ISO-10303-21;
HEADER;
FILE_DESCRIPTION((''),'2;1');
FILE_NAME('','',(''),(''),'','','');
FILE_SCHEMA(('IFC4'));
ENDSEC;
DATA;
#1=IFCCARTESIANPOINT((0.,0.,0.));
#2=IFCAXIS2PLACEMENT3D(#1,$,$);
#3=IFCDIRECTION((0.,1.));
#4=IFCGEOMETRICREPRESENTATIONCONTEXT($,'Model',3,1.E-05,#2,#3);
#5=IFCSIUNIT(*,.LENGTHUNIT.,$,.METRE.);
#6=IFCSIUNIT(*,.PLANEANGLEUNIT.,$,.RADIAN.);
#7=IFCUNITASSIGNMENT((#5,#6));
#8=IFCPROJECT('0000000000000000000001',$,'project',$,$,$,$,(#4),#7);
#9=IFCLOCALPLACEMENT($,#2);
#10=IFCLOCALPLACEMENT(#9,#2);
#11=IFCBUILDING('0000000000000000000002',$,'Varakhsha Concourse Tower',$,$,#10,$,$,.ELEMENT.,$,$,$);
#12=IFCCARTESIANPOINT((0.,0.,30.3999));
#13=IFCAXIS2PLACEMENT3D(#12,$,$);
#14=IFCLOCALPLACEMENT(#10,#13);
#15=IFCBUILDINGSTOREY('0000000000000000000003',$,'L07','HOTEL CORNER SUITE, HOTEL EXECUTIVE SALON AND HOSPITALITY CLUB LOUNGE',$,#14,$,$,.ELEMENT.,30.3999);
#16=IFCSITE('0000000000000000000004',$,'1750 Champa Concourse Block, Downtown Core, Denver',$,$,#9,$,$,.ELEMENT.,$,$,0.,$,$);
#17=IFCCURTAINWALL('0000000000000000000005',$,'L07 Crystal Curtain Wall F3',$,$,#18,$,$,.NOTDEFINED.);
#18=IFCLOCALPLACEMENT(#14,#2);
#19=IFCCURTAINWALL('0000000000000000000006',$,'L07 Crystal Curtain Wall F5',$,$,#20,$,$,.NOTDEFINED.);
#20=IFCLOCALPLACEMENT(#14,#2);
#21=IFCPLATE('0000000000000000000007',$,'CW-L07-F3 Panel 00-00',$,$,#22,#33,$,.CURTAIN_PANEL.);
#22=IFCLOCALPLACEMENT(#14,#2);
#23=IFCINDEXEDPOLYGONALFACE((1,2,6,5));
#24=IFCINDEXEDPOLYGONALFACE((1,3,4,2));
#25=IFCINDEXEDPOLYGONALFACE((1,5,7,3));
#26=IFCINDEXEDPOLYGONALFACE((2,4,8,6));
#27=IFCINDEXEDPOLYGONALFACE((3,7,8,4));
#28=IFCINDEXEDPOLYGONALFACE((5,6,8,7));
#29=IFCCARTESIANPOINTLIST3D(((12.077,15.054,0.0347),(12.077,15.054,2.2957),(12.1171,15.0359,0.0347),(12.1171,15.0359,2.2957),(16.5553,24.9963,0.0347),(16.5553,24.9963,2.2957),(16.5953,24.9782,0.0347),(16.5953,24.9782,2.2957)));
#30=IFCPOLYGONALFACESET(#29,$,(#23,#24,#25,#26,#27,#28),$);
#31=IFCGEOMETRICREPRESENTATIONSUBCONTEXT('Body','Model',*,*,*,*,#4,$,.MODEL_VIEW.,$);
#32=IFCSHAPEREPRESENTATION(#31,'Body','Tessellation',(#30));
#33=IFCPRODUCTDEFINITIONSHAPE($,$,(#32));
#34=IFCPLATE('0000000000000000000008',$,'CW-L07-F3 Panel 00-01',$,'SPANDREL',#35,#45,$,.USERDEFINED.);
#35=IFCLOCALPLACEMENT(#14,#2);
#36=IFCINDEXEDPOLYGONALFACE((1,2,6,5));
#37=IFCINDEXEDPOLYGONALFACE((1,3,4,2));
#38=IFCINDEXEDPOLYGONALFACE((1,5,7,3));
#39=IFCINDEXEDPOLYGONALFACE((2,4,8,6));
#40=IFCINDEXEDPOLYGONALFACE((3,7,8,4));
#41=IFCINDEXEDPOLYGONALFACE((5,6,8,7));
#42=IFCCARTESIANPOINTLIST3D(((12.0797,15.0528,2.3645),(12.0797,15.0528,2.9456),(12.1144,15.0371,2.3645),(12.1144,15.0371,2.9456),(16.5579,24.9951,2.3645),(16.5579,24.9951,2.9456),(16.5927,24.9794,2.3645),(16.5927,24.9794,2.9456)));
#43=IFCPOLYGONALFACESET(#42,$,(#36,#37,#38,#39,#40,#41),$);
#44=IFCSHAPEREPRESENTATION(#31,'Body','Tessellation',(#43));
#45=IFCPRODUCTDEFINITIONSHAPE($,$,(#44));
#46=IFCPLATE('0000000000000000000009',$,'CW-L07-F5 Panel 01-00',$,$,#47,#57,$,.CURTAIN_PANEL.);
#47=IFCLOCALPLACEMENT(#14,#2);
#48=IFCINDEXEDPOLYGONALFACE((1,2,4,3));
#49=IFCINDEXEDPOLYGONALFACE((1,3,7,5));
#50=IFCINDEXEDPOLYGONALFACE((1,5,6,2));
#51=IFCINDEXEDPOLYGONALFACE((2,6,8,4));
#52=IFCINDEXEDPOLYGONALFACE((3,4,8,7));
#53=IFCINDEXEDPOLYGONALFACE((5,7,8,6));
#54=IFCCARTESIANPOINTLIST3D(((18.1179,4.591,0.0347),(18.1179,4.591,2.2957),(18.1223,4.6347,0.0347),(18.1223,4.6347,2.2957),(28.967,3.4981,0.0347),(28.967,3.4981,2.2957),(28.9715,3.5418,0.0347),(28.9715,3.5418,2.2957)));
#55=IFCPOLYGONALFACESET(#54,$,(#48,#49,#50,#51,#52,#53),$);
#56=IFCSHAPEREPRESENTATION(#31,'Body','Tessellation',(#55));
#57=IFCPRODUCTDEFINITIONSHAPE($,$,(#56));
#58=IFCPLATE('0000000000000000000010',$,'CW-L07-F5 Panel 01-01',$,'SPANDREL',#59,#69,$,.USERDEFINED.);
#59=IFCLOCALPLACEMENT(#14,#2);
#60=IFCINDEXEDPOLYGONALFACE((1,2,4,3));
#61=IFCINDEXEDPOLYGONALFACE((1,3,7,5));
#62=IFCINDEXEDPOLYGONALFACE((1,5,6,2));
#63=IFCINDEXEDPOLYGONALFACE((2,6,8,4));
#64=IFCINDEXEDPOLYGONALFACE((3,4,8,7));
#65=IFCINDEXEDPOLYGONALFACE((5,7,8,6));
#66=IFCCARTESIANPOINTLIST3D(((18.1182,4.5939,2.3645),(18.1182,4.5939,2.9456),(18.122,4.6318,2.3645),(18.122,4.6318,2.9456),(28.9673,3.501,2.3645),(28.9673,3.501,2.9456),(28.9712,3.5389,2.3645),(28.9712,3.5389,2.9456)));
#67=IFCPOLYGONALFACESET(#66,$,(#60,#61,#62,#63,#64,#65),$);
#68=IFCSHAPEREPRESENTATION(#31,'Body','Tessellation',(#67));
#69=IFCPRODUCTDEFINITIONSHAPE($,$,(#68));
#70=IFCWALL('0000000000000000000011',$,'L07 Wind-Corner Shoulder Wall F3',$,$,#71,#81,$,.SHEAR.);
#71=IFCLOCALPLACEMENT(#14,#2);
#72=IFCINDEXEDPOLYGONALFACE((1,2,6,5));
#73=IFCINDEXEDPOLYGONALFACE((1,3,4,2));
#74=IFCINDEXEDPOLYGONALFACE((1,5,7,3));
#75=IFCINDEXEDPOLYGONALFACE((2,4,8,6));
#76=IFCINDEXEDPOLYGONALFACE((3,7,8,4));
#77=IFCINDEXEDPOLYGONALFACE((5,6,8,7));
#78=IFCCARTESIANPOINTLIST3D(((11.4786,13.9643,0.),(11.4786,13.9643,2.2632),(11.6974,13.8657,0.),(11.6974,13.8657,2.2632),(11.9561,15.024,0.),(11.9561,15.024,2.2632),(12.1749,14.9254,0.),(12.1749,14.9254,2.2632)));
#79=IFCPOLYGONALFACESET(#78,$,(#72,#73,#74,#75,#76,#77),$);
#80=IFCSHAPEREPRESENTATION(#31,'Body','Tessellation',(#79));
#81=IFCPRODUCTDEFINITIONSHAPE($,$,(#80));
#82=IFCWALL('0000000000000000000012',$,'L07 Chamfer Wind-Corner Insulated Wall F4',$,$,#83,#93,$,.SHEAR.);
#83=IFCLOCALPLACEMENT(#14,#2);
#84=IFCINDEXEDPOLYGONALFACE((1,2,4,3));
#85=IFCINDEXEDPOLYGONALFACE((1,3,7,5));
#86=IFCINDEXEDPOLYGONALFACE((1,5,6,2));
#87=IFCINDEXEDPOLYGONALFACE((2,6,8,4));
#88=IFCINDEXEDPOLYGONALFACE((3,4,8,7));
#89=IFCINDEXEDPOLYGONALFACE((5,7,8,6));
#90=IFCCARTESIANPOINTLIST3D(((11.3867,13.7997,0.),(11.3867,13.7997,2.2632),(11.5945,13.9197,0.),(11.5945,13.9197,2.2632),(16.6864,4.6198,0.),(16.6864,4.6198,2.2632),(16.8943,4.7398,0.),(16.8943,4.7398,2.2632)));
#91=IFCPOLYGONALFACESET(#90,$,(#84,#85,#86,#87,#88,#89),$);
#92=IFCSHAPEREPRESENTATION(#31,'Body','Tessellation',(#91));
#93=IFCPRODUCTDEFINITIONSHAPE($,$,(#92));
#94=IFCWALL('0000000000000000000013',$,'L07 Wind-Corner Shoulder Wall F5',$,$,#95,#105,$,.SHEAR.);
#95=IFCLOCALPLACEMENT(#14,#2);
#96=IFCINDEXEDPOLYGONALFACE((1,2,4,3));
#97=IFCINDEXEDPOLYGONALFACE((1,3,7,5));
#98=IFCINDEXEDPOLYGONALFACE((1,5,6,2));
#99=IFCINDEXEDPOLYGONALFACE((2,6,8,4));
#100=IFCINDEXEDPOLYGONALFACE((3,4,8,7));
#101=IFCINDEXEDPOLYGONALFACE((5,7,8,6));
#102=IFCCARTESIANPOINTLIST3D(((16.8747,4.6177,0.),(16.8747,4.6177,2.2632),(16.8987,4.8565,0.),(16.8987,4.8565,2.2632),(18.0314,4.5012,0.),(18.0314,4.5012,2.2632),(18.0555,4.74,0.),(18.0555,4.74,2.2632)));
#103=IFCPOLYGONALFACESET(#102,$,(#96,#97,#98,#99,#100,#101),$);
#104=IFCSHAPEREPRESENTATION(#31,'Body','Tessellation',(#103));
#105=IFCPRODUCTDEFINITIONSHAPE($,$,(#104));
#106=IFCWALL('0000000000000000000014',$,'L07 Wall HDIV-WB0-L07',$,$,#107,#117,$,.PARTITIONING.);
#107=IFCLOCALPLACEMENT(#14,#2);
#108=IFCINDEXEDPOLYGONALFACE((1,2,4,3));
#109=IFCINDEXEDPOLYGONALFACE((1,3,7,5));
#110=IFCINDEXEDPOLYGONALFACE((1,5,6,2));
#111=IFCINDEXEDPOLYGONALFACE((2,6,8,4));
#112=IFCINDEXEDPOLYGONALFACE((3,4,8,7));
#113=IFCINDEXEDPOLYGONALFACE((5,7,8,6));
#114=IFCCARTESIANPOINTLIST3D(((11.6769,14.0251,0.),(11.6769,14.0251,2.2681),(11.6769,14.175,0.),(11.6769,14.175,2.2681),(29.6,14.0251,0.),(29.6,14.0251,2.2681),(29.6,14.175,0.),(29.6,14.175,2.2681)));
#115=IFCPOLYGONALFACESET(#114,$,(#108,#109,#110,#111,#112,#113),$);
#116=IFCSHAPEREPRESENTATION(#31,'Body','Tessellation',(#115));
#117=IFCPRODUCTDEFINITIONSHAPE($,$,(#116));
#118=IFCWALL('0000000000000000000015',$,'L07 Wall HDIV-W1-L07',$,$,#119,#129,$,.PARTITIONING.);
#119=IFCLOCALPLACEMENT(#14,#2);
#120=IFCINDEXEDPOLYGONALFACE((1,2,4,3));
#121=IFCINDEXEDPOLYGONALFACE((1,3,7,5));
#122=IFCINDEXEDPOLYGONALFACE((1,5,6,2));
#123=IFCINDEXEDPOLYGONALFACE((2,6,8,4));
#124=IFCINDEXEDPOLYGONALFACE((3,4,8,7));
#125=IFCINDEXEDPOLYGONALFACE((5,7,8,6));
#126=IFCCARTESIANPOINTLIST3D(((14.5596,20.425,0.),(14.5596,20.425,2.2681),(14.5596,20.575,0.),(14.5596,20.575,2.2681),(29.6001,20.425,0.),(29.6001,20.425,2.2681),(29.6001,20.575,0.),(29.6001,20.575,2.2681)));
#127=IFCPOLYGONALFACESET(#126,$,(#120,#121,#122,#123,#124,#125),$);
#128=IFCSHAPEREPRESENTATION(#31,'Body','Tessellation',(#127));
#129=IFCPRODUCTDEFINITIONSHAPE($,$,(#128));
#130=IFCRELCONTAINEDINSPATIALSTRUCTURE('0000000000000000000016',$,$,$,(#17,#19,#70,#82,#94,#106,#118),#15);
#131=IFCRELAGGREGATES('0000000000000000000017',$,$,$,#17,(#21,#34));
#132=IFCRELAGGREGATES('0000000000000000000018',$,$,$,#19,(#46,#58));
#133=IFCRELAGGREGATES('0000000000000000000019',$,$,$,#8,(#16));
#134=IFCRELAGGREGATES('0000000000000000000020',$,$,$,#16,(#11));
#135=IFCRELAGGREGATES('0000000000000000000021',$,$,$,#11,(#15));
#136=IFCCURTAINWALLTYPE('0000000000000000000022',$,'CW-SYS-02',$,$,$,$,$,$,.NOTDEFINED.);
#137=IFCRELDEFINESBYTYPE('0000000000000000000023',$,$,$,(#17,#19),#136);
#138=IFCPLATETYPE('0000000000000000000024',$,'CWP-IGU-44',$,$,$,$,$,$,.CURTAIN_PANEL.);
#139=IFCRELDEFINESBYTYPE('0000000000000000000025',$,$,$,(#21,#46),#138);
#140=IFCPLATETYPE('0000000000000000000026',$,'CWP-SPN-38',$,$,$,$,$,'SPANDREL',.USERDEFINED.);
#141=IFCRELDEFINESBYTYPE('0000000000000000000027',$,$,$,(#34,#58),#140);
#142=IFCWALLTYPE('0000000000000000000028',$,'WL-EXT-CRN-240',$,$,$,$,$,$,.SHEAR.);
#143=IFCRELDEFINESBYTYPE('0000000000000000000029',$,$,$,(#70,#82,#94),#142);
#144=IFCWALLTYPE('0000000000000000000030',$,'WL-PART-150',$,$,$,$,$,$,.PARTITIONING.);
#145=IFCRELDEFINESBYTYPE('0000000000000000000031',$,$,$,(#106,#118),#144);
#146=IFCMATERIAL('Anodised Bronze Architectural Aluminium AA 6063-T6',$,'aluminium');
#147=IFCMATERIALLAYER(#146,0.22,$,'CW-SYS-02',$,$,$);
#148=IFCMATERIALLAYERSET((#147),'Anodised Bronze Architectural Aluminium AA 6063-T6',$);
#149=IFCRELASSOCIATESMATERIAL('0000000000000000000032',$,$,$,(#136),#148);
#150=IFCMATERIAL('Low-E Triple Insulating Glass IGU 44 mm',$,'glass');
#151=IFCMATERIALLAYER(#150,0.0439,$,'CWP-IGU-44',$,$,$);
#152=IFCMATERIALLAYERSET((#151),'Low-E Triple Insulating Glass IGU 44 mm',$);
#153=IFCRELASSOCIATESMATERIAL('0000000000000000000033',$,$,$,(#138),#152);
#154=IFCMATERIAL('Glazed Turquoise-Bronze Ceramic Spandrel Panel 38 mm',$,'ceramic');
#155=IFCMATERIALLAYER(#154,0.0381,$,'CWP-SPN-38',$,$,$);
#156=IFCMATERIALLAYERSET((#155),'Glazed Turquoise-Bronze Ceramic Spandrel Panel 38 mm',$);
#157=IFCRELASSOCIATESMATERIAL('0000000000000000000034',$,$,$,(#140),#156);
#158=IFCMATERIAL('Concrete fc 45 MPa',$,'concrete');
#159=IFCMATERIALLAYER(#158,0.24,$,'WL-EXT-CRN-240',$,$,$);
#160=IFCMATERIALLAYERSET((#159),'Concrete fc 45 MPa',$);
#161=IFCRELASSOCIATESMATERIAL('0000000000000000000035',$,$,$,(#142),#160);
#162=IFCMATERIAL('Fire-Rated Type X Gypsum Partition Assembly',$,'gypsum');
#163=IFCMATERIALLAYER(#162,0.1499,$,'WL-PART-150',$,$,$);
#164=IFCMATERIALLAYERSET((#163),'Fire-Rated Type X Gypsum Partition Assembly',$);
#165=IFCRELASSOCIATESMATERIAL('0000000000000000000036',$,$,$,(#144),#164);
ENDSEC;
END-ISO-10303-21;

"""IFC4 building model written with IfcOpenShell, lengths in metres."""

from ifc_helpers import new_model, si_unit, direction, frame, frame_2d, origin, origin_2d, place, context, subcontext, project, spatial, rectangle, extrude, source, transform, mapped, material, layer, layer_set, type_object, type_shapes, element, aggregate, save


model = new_model("IFC4")

# Units and contexts
model_context = context("Model", 3, precision=1e-05, world=origin(), true_north=direction((0.0, 1.0)))
body_context = subcontext(model_context, "Body", "Model", "MODEL_VIEW")
ifc_project = project(units=[si_unit("LENGTHUNIT", "METRE"), si_unit("PLANEANGLEUNIT", "RADIAN")], contexts=[model_context])

# Site, building, storey
site_placement = place(None, origin())
site = spatial("IfcSite", under=ifc_project, at=site_placement, Name="1750 Champa Concourse Block, Downtown Core, Denver", CompositionType="ELEMENT", RefElevation=0.0)
building_placement = place(site_placement, origin())
building = spatial("IfcBuilding", under=site, at=building_placement, Name="Varakhsha Concourse Tower", CompositionType="ELEMENT")
storey_placement = place(building_placement, frame((0.0, 0.0, 30.3999)))
storey = spatial("IfcBuildingStorey", under=building, at=storey_placement, Name="L07", Description="HOTEL CORNER SUITE, HOTEL EXECUTIVE SALON AND HOSPITALITY CLUB LOUNGE", CompositionType="ELEMENT", Elevation=30.3999)

# Curtain walls
ifc_material_1 = material(Name="Anodised Bronze Architectural Aluminium AA 6063-T6", Category="aluminium")
ifc_layer_1 = layer(ifc_material_1, 0.22, Name="CW-SYS-02")
ifc_layer_set_1 = layer_set([ifc_layer_1], Name="Anodised Bronze Architectural Aluminium AA 6063-T6")
curtain_wall_type = type_object("IfcCurtainWallType", Name="CW-SYS-02", PredefinedType="NOTDEFINED", material=ifc_layer_set_1)
curtain_wall_1_placement = place(storey_placement, origin())
curtain_wall_1 = element("IfcCurtainWall", 1, at=curtain_wall_1_placement, inside=storey, type_object=curtain_wall_type, Name="L07 Crystal Curtain Wall F3", PredefinedType="NOTDEFINED")
curtain_wall_2_placement = place(storey_placement, origin())
curtain_wall_2 = element("IfcCurtainWall", 2, at=curtain_wall_2_placement, inside=storey, type_object=curtain_wall_type, Name="L07 Crystal Curtain Wall F5", PredefinedType="NOTDEFINED")

# Shared definitions
ifc_material_2 = material(Name="Concrete fc 45 MPa", Category="concrete")

# Plates
ifc_material_3 = material(Name="Low-E Triple Insulating Glass IGU 44 mm", Category="glass")
ifc_layer_2 = layer(ifc_material_3, 0.0439, Name="CWP-IGU-44")
ifc_layer_set_2 = layer_set([ifc_layer_2], Name="Low-E Triple Insulating Glass IGU 44 mm")
plate_type_1 = type_object("IfcPlateType", Name="CWP-IGU-44", PredefinedType="CURTAIN_PANEL", material=ifc_layer_set_2)
shared_shape_1 = source(origin(), body_context, "Body", "SweptSolid", [
    extrude(rectangle(XDim=10.9043, YDim=0.0439, at=origin_2d()), origin(), (0.0, 0.0, 1.0), 2.261),
])
plate_1_placement = place(storey_placement, frame((14.3362, 20.0161, 0.0347), z_axis=(0.0, 0.0, 1.0), x_axis=(0.410684, 0.911778, 0.0)))
plate_1 = element("IfcPlate", 3, at=plate_1_placement, type_object=plate_type_1, Name="CW-L07-F3 Panel 00-00", PredefinedType="CURTAIN_PANEL", context=body_context, shape_type="MappedRepresentation", body=[
    mapped(shared_shape_1, transform((0.0, 0.0, 0.0), scale=1.0)),
])
ifc_material_4 = material(Name="Glazed Turquoise-Bronze Ceramic Spandrel Panel 38 mm", Category="ceramic")
ifc_layer_3 = layer(ifc_material_4, 0.0381, Name="CWP-SPN-38")
ifc_layer_set_3 = layer_set([ifc_layer_3], Name="Glazed Turquoise-Bronze Ceramic Spandrel Panel 38 mm")
plate_type_2 = type_object("IfcPlateType", Name="CWP-SPN-38", ElementType="SPANDREL", PredefinedType="USERDEFINED", material=ifc_layer_set_3)
shared_shape_2 = source(origin(), body_context, "Body", "SweptSolid", [
    extrude(rectangle(XDim=10.9043, YDim=0.0381, at=origin_2d()), origin(), (0.0, 0.0, 1.0), 0.5811),
])
plate_2_placement = place(storey_placement, frame((14.3362, 20.0161, 2.3645), z_axis=(0.0, 0.0, 1.0), x_axis=(0.410684, 0.911778, 0.0)))
plate_2 = element("IfcPlate", 4, at=plate_2_placement, type_object=plate_type_2, Name="CW-L07-F3 Panel 00-01", ObjectType="SPANDREL", PredefinedType="USERDEFINED", context=body_context, shape_type="MappedRepresentation", body=[
    mapped(shared_shape_2, transform((0.0, 0.0, 0.0), scale=1.0)),
])
aggregate(curtain_wall_1, [plate_1, plate_2])
shared_shape_3 = source(origin(), body_context, "Body", "SweptSolid", [
    extrude(rectangle(XDim=10.9041, YDim=0.0439, at=origin_2d()), origin(), (0.0, 0.0, 1.0), 2.261),
])
type_shapes(plate_type_1, [shared_shape_1, shared_shape_3])
plate_3_placement = place(storey_placement, frame((23.5447, 4.0664, 0.0347), z_axis=(0.0, 0.0, 1.0), x_axis=(-0.994965, 0.100226, 0.0)))
plate_3 = element("IfcPlate", 5, at=plate_3_placement, type_object=plate_type_1, Name="CW-L07-F5 Panel 01-00", PredefinedType="CURTAIN_PANEL", context=body_context, shape_type="MappedRepresentation", body=[
    mapped(shared_shape_3, transform((0.0, 0.0, 0.0), scale=1.0)),
])
shared_shape_4 = source(origin(), body_context, "Body", "SweptSolid", [
    extrude(rectangle(XDim=10.9041, YDim=0.0381, at=origin_2d()), origin(), (0.0, 0.0, 1.0), 0.5811),
])
type_shapes(plate_type_2, [shared_shape_2, shared_shape_4])
plate_4_placement = place(storey_placement, frame((23.5447, 4.0664, 2.3645), z_axis=(0.0, 0.0, 1.0), x_axis=(-0.994965, 0.100226, 0.0)))
plate_4 = element("IfcPlate", 6, at=plate_4_placement, type_object=plate_type_2, Name="CW-L07-F5 Panel 01-01", ObjectType="SPANDREL", PredefinedType="USERDEFINED", context=body_context, shape_type="MappedRepresentation", body=[
    mapped(shared_shape_4, transform((0.0, 0.0, 0.0), scale=1.0)),
])
aggregate(curtain_wall_2, [plate_3, plate_4])

# Walls
ifc_layer_4 = layer(ifc_material_2, 0.24, Name="WL-EXT-CRN-240")
ifc_layer_set_4 = layer_set([ifc_layer_4], Name="Concrete fc 45 MPa")
wall_type_1 = type_object("IfcWallType", Name="WL-EXT-CRN-240", PredefinedType="SHEAR", material=ifc_layer_set_4)
wall_1_placement = place(storey_placement, frame((12.0654, 14.9746, 0.0), z_axis=(0.0, 0.0, 1.0), x_axis=(-0.41081, -0.911721, 0.0)))
element("IfcWall", 7, at=wall_1_placement, inside=storey, type_object=wall_type_1, Name="L07 Wind-Corner Shoulder Wall F3", PredefinedType="SHEAR", context=body_context, shape_type="SweptSolid", body=[
    extrude(rectangle(XDim=1.1624, YDim=0.24, at=frame_2d((0.5811, 0.0))), origin(), (0.0, 0.0, 1.0), 2.2632),
])
wall_2_placement = place(storey_placement, frame((16.7903, 4.6799, 0.0), z_axis=(0.0, 0.0, 1.0), x_axis=(-0.499984, 0.866035, 0.0)))
element("IfcWall", 8, at=wall_2_placement, inside=storey, type_object=wall_type_1, Name="L07 Chamfer Wind-Corner Insulated Wall F4", PredefinedType="SHEAR", context=body_context, shape_type="SweptSolid", body=[
    extrude(rectangle(XDim=10.5999, YDim=0.24, at=frame_2d((5.2998, 0.0))), origin(), (0.0, 0.0, 1.0), 2.2632),
])
wall_3_placement = place(storey_placement, frame((16.8867, 4.7371, 0.0), z_axis=(0.0, 0.0, 1.0), x_axis=(0.99497, -0.100169, 0.0)))
element("IfcWall", 9, at=wall_3_placement, inside=storey, type_object=wall_type_1, Name="L07 Wind-Corner Shoulder Wall F5", PredefinedType="SHEAR", context=body_context, shape_type="SweptSolid", body=[
    extrude(rectangle(XDim=1.1626, YDim=0.24, at=frame_2d((0.5813, 0.0))), origin(), (0.0, 0.0, 1.0), 2.2632),
])
ifc_material_5 = material(Name="Fire-Rated Type X Gypsum Partition Assembly", Category="gypsum")
ifc_layer_5 = layer(ifc_material_5, 0.1499, Name="WL-PART-150")
ifc_layer_set_5 = layer_set([ifc_layer_5], Name="Fire-Rated Type X Gypsum Partition Assembly")
wall_type_2 = type_object("IfcWallType", Name="WL-PART-150", PredefinedType="PARTITIONING", material=ifc_layer_set_5)
wall_4_placement = place(storey_placement, frame((11.677, 14.1001, 0.0), z_axis=(0.0, 0.0, 1.0), x_axis=(1.0, 0.0, 0.0)))
element("IfcWall", 10, at=wall_4_placement, inside=storey, type_object=wall_type_2, Name="L07 Wall HDIV-WB0-L07", PredefinedType="PARTITIONING", context=body_context, shape_type="SweptSolid", body=[
    extrude(rectangle(XDim=17.9231, YDim=0.1499, at=frame_2d((8.9614, 0.0))), origin(), (0.0, 0.0, 1.0), 2.2681),
])
wall_5_placement = place(storey_placement, frame((14.5596, 20.5, 0.0), z_axis=(0.0, 0.0, 1.0), x_axis=(1.0, 0.0, 0.0)))
element("IfcWall", 11, at=wall_5_placement, inside=storey, type_object=wall_type_2, Name="L07 Wall HDIV-W1-L07", PredefinedType="PARTITIONING", context=body_context, shape_type="SweptSolid", body=[
    extrude(rectangle(XDim=15.0405, YDim=0.1499, at=frame_2d((7.5203, 0.0))), origin(), (0.0, 0.0, 1.0), 2.2681),
])

save(model, "model.ifc")
